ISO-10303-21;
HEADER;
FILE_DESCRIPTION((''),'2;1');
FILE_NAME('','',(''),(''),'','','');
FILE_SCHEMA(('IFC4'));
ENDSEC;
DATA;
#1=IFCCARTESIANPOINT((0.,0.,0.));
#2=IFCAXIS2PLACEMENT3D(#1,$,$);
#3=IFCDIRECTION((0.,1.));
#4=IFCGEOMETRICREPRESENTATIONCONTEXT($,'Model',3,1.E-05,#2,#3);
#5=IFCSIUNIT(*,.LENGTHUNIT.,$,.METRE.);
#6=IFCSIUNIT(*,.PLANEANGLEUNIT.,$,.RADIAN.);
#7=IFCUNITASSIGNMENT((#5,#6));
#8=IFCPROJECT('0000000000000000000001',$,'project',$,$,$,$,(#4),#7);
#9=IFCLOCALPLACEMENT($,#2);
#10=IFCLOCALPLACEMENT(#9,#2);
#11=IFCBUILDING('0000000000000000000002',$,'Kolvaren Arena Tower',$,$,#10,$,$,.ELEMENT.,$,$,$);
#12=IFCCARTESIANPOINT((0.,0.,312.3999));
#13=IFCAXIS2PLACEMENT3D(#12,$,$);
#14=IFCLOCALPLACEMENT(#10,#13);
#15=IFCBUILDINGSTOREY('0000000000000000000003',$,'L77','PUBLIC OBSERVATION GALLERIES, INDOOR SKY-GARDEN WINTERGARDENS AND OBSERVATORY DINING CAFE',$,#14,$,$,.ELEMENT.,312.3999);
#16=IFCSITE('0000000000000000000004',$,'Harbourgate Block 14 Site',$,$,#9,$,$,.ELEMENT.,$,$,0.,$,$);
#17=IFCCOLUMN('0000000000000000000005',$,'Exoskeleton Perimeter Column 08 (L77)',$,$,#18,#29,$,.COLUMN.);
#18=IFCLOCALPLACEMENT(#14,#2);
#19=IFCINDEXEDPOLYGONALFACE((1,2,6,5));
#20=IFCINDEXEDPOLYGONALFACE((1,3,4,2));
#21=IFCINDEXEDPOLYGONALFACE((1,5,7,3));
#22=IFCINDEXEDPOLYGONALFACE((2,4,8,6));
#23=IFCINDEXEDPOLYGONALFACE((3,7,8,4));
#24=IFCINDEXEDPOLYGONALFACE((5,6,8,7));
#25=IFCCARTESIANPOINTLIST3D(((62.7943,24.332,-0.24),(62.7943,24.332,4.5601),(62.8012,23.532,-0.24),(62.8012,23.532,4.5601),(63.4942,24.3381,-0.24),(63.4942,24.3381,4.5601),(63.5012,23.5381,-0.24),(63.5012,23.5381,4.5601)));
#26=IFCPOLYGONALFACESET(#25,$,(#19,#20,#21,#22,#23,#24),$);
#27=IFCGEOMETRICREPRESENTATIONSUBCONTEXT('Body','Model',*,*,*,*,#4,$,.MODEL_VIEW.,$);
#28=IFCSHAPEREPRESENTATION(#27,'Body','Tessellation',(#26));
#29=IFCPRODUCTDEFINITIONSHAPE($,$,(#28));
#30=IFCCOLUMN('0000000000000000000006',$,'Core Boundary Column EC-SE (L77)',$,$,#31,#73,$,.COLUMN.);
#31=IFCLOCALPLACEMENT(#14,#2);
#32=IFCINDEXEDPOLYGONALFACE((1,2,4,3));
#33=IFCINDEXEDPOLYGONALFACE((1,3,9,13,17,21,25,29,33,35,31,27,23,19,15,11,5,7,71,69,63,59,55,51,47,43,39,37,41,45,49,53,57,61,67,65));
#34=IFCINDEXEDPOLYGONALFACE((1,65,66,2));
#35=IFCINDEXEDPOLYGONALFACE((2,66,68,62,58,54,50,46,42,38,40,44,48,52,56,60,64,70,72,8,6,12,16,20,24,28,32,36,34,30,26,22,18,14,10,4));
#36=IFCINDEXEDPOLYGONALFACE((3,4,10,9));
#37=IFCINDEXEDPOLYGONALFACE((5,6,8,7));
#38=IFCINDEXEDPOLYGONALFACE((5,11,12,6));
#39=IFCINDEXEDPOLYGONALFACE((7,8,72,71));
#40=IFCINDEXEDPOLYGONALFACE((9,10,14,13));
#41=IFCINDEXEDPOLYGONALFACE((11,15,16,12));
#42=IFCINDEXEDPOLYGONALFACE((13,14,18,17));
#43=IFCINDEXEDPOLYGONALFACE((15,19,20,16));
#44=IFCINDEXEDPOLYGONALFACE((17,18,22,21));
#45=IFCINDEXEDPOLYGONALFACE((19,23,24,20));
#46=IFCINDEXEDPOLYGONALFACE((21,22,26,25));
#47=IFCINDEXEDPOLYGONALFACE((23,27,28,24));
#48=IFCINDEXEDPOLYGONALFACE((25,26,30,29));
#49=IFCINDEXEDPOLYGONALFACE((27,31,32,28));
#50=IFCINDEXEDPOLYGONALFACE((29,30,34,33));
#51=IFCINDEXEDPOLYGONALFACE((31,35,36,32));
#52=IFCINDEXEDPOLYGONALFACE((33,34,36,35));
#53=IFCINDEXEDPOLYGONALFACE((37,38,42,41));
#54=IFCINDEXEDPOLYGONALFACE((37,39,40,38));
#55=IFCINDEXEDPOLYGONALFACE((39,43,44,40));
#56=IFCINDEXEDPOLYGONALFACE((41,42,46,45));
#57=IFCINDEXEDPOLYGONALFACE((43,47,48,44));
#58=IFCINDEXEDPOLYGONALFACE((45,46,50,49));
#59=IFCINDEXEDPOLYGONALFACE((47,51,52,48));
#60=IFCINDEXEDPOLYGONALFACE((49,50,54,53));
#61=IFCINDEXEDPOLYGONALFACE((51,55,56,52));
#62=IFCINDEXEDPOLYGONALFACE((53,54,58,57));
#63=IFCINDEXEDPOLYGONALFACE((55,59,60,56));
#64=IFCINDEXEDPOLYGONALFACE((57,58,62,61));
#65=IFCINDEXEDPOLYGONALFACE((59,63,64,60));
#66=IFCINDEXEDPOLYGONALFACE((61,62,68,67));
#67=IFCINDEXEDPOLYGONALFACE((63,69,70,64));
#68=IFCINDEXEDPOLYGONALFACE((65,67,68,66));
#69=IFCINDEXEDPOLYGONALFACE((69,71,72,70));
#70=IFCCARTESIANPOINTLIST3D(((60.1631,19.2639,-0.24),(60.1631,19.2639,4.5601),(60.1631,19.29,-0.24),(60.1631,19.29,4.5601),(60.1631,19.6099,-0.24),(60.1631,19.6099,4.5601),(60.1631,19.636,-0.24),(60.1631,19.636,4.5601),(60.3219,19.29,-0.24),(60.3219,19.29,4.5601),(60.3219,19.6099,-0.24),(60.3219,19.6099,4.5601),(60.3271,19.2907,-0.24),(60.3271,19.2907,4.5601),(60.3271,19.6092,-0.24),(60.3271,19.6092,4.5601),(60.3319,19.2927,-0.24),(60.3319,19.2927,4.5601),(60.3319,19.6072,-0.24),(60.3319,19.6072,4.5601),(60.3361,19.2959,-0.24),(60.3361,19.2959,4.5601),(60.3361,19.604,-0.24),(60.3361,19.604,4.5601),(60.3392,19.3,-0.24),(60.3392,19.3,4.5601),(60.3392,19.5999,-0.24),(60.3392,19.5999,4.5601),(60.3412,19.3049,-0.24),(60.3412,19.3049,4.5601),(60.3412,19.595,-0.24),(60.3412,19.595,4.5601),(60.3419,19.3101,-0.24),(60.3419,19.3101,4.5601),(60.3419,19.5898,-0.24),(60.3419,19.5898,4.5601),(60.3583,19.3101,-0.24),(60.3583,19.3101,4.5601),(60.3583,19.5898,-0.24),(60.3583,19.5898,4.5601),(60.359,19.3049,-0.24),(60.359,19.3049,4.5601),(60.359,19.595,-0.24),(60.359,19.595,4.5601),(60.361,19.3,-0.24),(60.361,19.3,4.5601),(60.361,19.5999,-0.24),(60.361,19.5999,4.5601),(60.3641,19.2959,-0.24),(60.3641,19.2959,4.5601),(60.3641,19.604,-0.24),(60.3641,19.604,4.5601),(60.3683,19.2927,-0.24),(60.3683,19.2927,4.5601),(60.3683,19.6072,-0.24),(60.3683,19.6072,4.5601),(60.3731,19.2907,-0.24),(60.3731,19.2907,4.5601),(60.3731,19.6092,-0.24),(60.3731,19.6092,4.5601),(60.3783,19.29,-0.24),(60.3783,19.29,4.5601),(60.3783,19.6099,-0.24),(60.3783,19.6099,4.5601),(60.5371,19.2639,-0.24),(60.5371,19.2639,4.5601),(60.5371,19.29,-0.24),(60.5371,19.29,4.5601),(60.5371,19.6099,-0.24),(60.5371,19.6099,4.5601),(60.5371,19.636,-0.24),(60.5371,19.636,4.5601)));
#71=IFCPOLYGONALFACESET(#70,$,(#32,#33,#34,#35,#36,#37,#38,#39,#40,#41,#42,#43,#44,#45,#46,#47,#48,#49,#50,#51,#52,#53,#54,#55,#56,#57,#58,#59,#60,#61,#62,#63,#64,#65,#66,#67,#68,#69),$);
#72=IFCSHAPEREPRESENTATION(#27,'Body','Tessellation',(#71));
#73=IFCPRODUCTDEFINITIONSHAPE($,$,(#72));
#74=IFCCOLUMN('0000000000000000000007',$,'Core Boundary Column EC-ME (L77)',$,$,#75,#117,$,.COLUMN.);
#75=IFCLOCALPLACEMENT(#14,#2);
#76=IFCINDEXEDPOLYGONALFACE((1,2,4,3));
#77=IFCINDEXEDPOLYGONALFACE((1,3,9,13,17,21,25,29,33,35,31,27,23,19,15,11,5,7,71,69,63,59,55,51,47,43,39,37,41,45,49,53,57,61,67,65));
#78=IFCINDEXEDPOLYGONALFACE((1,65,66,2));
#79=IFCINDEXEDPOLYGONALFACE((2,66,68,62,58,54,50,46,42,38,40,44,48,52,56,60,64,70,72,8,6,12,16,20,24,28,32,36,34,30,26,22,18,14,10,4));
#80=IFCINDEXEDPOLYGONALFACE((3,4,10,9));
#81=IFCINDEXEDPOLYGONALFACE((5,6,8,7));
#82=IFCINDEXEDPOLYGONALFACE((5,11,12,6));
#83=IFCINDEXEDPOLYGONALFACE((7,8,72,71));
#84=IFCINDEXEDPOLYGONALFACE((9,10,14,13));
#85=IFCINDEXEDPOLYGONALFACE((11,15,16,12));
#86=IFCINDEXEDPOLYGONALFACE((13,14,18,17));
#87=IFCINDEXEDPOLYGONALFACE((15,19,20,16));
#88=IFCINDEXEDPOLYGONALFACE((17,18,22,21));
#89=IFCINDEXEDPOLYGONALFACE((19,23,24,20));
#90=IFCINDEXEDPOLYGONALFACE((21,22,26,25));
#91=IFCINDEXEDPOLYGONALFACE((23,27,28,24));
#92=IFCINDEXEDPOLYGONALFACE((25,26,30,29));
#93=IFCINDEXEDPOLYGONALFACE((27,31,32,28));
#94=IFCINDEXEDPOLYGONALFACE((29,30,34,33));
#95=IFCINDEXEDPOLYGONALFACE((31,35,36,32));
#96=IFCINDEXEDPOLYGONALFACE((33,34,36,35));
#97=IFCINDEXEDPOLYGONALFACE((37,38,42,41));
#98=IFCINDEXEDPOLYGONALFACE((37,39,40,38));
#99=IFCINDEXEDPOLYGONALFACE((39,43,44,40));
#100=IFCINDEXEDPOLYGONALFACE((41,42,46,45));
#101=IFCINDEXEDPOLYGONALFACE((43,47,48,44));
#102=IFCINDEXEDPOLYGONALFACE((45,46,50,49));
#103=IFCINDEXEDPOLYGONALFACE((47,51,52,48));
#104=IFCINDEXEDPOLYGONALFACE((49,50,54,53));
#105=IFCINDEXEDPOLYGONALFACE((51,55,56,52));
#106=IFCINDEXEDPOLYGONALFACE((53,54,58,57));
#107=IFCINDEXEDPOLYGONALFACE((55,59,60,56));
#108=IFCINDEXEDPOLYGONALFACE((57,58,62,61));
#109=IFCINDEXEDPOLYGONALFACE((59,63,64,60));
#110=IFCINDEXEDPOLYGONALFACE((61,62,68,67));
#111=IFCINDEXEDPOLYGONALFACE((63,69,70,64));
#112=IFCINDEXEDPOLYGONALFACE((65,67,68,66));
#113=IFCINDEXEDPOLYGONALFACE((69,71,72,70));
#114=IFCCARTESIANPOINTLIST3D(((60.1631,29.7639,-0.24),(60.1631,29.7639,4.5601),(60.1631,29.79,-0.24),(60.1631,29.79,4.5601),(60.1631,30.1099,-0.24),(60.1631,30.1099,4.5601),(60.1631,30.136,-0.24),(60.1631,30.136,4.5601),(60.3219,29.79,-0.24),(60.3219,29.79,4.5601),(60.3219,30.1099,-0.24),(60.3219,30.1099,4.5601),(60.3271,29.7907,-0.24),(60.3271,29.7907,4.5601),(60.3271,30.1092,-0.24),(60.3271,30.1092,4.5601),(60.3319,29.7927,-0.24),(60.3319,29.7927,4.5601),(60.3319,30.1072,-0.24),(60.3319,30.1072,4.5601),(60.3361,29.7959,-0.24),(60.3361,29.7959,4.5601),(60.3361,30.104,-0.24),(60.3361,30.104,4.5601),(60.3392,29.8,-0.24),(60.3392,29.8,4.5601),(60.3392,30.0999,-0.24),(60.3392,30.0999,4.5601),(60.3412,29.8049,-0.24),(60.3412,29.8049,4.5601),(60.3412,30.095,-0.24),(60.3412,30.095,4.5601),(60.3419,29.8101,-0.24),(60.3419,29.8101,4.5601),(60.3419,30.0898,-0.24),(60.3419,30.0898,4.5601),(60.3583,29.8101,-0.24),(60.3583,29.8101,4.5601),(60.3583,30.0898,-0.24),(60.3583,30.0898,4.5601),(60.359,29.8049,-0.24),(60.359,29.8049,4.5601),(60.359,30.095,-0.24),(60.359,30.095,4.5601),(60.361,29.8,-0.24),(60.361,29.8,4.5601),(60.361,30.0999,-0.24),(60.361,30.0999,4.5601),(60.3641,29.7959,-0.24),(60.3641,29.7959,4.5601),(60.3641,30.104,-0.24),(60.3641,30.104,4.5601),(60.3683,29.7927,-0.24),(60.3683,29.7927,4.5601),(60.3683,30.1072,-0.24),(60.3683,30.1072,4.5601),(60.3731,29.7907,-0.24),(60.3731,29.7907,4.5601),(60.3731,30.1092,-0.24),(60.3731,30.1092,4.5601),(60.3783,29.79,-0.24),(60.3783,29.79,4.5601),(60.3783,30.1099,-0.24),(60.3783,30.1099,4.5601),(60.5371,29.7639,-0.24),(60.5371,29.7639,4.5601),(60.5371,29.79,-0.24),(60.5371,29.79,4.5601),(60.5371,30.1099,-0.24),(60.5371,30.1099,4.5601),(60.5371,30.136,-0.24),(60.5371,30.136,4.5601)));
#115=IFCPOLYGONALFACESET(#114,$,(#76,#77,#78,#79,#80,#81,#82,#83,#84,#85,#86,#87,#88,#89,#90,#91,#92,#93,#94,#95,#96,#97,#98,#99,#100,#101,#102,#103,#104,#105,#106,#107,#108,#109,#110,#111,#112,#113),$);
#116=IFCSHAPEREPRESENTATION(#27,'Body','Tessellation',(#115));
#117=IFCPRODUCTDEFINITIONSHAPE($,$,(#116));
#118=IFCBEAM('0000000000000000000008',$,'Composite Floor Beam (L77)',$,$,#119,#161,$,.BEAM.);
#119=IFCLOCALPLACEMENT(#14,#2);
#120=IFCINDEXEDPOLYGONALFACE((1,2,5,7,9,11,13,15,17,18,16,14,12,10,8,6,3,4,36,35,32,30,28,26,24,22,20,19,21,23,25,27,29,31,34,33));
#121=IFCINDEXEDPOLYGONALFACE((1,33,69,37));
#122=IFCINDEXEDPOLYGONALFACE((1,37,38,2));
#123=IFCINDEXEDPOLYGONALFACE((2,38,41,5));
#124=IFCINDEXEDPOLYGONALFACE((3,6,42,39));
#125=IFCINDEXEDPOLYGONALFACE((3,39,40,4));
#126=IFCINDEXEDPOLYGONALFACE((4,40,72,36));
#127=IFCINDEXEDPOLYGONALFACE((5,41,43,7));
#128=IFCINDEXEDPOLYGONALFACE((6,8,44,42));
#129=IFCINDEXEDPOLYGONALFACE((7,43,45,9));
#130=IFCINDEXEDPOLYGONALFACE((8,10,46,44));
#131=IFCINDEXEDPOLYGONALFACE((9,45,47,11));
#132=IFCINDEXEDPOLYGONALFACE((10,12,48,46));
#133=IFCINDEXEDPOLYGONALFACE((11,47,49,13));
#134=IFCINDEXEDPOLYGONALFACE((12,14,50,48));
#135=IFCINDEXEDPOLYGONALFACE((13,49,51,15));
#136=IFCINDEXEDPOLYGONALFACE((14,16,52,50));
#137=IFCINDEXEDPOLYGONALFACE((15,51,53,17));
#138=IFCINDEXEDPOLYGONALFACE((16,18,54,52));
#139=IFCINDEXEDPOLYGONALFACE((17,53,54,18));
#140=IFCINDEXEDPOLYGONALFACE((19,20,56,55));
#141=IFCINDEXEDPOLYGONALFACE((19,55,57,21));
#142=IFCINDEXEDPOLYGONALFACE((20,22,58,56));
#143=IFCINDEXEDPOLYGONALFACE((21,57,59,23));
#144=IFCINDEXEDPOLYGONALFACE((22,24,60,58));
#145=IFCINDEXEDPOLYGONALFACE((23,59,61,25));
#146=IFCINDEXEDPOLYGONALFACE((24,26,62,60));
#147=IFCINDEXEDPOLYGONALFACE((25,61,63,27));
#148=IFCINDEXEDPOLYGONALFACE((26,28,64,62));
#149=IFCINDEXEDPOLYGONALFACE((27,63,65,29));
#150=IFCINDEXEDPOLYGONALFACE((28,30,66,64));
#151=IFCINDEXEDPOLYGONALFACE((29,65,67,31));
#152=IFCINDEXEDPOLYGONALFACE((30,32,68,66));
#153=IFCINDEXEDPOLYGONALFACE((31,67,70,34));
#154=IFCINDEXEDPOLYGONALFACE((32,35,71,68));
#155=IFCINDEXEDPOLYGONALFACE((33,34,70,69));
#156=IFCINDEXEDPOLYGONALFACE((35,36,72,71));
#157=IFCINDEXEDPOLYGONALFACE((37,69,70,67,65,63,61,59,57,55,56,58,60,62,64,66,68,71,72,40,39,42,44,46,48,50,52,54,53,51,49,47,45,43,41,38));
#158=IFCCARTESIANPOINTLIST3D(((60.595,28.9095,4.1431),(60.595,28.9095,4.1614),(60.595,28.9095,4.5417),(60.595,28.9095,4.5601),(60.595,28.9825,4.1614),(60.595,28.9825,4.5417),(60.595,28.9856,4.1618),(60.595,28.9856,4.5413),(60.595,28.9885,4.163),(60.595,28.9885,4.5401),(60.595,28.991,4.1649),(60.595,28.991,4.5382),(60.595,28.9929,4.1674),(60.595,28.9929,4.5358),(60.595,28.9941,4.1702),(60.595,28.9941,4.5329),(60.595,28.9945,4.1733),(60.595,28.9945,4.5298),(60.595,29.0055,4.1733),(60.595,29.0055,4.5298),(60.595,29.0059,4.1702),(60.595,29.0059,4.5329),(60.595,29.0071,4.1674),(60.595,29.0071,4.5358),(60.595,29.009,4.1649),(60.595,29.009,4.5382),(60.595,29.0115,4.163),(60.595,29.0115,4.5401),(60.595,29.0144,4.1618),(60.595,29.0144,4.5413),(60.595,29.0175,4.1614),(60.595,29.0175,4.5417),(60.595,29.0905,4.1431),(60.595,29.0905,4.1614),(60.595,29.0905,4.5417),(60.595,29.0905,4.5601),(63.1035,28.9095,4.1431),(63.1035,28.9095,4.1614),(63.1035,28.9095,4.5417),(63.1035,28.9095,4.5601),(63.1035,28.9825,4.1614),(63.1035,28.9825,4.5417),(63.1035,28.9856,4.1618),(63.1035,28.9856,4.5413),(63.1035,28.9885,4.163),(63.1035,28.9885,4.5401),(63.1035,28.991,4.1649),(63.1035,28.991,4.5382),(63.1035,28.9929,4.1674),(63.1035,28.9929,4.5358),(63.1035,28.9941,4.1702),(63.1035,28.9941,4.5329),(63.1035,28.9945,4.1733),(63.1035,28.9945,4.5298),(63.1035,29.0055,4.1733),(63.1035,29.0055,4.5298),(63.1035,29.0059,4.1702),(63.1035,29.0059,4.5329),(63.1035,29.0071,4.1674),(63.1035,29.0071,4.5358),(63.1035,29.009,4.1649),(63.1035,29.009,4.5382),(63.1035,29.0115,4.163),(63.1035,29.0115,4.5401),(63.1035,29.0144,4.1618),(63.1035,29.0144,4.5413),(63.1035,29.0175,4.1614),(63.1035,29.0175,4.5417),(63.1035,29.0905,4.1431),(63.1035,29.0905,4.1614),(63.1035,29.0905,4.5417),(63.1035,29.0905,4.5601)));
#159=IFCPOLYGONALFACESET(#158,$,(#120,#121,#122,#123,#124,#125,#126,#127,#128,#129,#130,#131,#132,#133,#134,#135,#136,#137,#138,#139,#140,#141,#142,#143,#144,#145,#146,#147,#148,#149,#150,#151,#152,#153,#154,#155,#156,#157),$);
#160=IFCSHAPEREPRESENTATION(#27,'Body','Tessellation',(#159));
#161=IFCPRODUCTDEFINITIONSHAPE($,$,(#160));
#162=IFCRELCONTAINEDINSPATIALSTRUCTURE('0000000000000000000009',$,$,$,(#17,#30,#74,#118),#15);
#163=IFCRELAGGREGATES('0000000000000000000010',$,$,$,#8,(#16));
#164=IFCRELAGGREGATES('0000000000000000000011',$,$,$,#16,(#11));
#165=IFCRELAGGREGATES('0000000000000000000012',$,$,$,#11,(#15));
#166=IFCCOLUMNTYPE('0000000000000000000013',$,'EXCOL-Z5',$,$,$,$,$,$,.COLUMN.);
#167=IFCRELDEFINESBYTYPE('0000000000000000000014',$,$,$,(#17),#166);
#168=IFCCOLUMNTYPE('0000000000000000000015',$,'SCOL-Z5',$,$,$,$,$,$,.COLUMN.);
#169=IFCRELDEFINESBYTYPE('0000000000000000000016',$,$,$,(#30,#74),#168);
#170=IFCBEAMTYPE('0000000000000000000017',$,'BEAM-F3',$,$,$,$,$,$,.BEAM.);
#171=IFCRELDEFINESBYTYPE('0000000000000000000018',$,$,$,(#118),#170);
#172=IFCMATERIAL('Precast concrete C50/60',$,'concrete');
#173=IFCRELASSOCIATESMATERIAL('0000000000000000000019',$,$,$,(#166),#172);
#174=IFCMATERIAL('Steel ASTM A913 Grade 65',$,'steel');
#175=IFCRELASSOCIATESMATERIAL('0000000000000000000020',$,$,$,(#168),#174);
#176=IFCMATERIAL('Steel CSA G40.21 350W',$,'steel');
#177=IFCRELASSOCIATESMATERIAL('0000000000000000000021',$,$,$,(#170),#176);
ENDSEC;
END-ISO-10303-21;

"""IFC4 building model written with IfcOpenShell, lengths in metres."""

from ifc_helpers import new_model, si_unit, direction, frame, origin, origin_2d, place, context, subcontext, project, spatial, rectangle, i_section, extrude, material, material_profile, profile_set, type_object, element, save


model = new_model("IFC4")

# Units and contexts
model_context = context("Model", 3, precision=1e-05, world=origin(), true_north=direction((0.0, 1.0)))
body_context = subcontext(model_context, "Body", "Model", "MODEL_VIEW")
ifc_project = project(units=[si_unit("LENGTHUNIT", "METRE"), si_unit("PLANEANGLEUNIT", "RADIAN")], contexts=[model_context])

# Site, building, storey
site_placement = place(None, origin())
site = spatial("IfcSite", under=ifc_project, at=site_placement, Name="Harbourgate Block 14 Site", CompositionType="ELEMENT", RefElevation=0.0)
building_placement = place(site_placement, origin())
building = spatial("IfcBuilding", under=site, at=building_placement, Name="Kolvaren Arena Tower", CompositionType="ELEMENT")
storey_placement = place(building_placement, frame((0.0, 0.0, 312.3999)))
storey = spatial("IfcBuildingStorey", under=building, at=storey_placement, Name="L77", Description="PUBLIC OBSERVATION GALLERIES, INDOOR SKY-GARDEN WINTERGARDENS AND OBSERVATORY DINING CAFE", CompositionType="ELEMENT", Elevation=312.3999)

# Columns
ifc_material_1 = material(Name="Precast concrete C50/60", Category="concrete")
ifc_material_profile_1 = material_profile(ifc_material_1, rectangle(XDim=0.8, YDim=0.7, at=origin_2d()), Name="RC-800x700")
ifc_profile_set_1 = profile_set([ifc_material_profile_1], Name="Precast concrete C50/60")
column_type_1 = type_object("IfcColumnType", Name="EXCOL-Z5", PredefinedType="COLUMN", material=ifc_profile_set_1)
column_placement = place(storey_placement, frame((63.1477, 23.9351, -0.24), z_axis=(0.0, 0.0, 1.0), x_axis=(-0.008727, 0.999962, 0.0)))
element("IfcColumn", 1, at=column_placement, inside=storey, type_object=column_type_1, Name="Exoskeleton Perimeter Column 08 (L77)", PredefinedType="COLUMN", context=body_context, shape_type="SweptSolid", body=[
    extrude(rectangle(XDim=0.8, YDim=0.7, at=origin_2d()), origin(), (0.0, 0.0, 1.0), 4.8),
])
ifc_material_2 = material(Name="Steel ASTM A913 Grade 65", Category="steel")
ifc_material_profile_2 = material_profile(ifc_material_2, i_section(OverallWidth=0.374, OverallDepth=0.3721, WebThickness=0.0164, FlangeThickness=0.0261, FilletRadius=0.02, at=origin_2d()), Name="W360x196")
ifc_profile_set_2 = profile_set([ifc_material_profile_2], Name="Steel ASTM A913 Grade 65")
column_type_2 = type_object("IfcColumnType", Name="SCOL-Z5", PredefinedType="COLUMN", material=ifc_profile_set_2)
for number, where, z_axis, x_axis, name in (
    (2, (60.3501, 19.45, -0.24), (0.0, 0.0, 1.0), (1.0, 0.0, 0.0), "Core Boundary Column EC-SE (L77)"),
    (3, (60.3501, 29.95, -0.24), (0.0, 0.0, 1.0), (1.0, 0.0, 0.0), "Core Boundary Column EC-ME (L77)"),
):
    element("IfcColumn", number, at=place(storey_placement, frame(where, z_axis=z_axis, x_axis=x_axis)), inside=storey, type_object=column_type_2, Name=name, PredefinedType="COLUMN", context=body_context, shape_type="SweptSolid", body=[
        extrude(i_section(OverallWidth=0.374, OverallDepth=0.3721, WebThickness=0.0164, FlangeThickness=0.0261, FilletRadius=0.02, at=origin_2d()), origin(), (0.0, 0.0, 1.0), 4.8),
    ])

# Beam
ifc_material_3 = material(Name="Steel CSA G40.21 350W", Category="steel")
ifc_material_profile_3 = material_profile(ifc_material_3, i_section(OverallWidth=0.1809, OverallDepth=0.417, WebThickness=0.011, FlangeThickness=0.0183, FilletRadius=0.012, at=origin_2d()), Name="W410x85")
ifc_profile_set_3 = profile_set([ifc_material_profile_3], Name="Steel CSA G40.21 350W")
beam_type_1 = type_object("IfcBeamType", Name="BEAM-F3", PredefinedType="BEAM", material=ifc_profile_set_3)
beam_1_placement = place(storey_placement, frame((60.595, 29.0, 4.3516), z_axis=(1.0, 0.0, 0.0), x_axis=(0.0, 1.0, 0.0)))
element("IfcBeam", 4, at=beam_1_placement, inside=storey, type_object=beam_type_1, Name="Composite Floor Beam (L77)", PredefinedType="BEAM", context=body_context, shape_type="SweptSolid", body=[
    extrude(i_section(OverallWidth=0.1809, OverallDepth=0.417, WebThickness=0.011, FlangeThickness=0.0183, FilletRadius=0.012, at=origin_2d()), origin(), (0.0, 0.0, 1.0), 2.5085),
])

save(model, "model.ifc")
